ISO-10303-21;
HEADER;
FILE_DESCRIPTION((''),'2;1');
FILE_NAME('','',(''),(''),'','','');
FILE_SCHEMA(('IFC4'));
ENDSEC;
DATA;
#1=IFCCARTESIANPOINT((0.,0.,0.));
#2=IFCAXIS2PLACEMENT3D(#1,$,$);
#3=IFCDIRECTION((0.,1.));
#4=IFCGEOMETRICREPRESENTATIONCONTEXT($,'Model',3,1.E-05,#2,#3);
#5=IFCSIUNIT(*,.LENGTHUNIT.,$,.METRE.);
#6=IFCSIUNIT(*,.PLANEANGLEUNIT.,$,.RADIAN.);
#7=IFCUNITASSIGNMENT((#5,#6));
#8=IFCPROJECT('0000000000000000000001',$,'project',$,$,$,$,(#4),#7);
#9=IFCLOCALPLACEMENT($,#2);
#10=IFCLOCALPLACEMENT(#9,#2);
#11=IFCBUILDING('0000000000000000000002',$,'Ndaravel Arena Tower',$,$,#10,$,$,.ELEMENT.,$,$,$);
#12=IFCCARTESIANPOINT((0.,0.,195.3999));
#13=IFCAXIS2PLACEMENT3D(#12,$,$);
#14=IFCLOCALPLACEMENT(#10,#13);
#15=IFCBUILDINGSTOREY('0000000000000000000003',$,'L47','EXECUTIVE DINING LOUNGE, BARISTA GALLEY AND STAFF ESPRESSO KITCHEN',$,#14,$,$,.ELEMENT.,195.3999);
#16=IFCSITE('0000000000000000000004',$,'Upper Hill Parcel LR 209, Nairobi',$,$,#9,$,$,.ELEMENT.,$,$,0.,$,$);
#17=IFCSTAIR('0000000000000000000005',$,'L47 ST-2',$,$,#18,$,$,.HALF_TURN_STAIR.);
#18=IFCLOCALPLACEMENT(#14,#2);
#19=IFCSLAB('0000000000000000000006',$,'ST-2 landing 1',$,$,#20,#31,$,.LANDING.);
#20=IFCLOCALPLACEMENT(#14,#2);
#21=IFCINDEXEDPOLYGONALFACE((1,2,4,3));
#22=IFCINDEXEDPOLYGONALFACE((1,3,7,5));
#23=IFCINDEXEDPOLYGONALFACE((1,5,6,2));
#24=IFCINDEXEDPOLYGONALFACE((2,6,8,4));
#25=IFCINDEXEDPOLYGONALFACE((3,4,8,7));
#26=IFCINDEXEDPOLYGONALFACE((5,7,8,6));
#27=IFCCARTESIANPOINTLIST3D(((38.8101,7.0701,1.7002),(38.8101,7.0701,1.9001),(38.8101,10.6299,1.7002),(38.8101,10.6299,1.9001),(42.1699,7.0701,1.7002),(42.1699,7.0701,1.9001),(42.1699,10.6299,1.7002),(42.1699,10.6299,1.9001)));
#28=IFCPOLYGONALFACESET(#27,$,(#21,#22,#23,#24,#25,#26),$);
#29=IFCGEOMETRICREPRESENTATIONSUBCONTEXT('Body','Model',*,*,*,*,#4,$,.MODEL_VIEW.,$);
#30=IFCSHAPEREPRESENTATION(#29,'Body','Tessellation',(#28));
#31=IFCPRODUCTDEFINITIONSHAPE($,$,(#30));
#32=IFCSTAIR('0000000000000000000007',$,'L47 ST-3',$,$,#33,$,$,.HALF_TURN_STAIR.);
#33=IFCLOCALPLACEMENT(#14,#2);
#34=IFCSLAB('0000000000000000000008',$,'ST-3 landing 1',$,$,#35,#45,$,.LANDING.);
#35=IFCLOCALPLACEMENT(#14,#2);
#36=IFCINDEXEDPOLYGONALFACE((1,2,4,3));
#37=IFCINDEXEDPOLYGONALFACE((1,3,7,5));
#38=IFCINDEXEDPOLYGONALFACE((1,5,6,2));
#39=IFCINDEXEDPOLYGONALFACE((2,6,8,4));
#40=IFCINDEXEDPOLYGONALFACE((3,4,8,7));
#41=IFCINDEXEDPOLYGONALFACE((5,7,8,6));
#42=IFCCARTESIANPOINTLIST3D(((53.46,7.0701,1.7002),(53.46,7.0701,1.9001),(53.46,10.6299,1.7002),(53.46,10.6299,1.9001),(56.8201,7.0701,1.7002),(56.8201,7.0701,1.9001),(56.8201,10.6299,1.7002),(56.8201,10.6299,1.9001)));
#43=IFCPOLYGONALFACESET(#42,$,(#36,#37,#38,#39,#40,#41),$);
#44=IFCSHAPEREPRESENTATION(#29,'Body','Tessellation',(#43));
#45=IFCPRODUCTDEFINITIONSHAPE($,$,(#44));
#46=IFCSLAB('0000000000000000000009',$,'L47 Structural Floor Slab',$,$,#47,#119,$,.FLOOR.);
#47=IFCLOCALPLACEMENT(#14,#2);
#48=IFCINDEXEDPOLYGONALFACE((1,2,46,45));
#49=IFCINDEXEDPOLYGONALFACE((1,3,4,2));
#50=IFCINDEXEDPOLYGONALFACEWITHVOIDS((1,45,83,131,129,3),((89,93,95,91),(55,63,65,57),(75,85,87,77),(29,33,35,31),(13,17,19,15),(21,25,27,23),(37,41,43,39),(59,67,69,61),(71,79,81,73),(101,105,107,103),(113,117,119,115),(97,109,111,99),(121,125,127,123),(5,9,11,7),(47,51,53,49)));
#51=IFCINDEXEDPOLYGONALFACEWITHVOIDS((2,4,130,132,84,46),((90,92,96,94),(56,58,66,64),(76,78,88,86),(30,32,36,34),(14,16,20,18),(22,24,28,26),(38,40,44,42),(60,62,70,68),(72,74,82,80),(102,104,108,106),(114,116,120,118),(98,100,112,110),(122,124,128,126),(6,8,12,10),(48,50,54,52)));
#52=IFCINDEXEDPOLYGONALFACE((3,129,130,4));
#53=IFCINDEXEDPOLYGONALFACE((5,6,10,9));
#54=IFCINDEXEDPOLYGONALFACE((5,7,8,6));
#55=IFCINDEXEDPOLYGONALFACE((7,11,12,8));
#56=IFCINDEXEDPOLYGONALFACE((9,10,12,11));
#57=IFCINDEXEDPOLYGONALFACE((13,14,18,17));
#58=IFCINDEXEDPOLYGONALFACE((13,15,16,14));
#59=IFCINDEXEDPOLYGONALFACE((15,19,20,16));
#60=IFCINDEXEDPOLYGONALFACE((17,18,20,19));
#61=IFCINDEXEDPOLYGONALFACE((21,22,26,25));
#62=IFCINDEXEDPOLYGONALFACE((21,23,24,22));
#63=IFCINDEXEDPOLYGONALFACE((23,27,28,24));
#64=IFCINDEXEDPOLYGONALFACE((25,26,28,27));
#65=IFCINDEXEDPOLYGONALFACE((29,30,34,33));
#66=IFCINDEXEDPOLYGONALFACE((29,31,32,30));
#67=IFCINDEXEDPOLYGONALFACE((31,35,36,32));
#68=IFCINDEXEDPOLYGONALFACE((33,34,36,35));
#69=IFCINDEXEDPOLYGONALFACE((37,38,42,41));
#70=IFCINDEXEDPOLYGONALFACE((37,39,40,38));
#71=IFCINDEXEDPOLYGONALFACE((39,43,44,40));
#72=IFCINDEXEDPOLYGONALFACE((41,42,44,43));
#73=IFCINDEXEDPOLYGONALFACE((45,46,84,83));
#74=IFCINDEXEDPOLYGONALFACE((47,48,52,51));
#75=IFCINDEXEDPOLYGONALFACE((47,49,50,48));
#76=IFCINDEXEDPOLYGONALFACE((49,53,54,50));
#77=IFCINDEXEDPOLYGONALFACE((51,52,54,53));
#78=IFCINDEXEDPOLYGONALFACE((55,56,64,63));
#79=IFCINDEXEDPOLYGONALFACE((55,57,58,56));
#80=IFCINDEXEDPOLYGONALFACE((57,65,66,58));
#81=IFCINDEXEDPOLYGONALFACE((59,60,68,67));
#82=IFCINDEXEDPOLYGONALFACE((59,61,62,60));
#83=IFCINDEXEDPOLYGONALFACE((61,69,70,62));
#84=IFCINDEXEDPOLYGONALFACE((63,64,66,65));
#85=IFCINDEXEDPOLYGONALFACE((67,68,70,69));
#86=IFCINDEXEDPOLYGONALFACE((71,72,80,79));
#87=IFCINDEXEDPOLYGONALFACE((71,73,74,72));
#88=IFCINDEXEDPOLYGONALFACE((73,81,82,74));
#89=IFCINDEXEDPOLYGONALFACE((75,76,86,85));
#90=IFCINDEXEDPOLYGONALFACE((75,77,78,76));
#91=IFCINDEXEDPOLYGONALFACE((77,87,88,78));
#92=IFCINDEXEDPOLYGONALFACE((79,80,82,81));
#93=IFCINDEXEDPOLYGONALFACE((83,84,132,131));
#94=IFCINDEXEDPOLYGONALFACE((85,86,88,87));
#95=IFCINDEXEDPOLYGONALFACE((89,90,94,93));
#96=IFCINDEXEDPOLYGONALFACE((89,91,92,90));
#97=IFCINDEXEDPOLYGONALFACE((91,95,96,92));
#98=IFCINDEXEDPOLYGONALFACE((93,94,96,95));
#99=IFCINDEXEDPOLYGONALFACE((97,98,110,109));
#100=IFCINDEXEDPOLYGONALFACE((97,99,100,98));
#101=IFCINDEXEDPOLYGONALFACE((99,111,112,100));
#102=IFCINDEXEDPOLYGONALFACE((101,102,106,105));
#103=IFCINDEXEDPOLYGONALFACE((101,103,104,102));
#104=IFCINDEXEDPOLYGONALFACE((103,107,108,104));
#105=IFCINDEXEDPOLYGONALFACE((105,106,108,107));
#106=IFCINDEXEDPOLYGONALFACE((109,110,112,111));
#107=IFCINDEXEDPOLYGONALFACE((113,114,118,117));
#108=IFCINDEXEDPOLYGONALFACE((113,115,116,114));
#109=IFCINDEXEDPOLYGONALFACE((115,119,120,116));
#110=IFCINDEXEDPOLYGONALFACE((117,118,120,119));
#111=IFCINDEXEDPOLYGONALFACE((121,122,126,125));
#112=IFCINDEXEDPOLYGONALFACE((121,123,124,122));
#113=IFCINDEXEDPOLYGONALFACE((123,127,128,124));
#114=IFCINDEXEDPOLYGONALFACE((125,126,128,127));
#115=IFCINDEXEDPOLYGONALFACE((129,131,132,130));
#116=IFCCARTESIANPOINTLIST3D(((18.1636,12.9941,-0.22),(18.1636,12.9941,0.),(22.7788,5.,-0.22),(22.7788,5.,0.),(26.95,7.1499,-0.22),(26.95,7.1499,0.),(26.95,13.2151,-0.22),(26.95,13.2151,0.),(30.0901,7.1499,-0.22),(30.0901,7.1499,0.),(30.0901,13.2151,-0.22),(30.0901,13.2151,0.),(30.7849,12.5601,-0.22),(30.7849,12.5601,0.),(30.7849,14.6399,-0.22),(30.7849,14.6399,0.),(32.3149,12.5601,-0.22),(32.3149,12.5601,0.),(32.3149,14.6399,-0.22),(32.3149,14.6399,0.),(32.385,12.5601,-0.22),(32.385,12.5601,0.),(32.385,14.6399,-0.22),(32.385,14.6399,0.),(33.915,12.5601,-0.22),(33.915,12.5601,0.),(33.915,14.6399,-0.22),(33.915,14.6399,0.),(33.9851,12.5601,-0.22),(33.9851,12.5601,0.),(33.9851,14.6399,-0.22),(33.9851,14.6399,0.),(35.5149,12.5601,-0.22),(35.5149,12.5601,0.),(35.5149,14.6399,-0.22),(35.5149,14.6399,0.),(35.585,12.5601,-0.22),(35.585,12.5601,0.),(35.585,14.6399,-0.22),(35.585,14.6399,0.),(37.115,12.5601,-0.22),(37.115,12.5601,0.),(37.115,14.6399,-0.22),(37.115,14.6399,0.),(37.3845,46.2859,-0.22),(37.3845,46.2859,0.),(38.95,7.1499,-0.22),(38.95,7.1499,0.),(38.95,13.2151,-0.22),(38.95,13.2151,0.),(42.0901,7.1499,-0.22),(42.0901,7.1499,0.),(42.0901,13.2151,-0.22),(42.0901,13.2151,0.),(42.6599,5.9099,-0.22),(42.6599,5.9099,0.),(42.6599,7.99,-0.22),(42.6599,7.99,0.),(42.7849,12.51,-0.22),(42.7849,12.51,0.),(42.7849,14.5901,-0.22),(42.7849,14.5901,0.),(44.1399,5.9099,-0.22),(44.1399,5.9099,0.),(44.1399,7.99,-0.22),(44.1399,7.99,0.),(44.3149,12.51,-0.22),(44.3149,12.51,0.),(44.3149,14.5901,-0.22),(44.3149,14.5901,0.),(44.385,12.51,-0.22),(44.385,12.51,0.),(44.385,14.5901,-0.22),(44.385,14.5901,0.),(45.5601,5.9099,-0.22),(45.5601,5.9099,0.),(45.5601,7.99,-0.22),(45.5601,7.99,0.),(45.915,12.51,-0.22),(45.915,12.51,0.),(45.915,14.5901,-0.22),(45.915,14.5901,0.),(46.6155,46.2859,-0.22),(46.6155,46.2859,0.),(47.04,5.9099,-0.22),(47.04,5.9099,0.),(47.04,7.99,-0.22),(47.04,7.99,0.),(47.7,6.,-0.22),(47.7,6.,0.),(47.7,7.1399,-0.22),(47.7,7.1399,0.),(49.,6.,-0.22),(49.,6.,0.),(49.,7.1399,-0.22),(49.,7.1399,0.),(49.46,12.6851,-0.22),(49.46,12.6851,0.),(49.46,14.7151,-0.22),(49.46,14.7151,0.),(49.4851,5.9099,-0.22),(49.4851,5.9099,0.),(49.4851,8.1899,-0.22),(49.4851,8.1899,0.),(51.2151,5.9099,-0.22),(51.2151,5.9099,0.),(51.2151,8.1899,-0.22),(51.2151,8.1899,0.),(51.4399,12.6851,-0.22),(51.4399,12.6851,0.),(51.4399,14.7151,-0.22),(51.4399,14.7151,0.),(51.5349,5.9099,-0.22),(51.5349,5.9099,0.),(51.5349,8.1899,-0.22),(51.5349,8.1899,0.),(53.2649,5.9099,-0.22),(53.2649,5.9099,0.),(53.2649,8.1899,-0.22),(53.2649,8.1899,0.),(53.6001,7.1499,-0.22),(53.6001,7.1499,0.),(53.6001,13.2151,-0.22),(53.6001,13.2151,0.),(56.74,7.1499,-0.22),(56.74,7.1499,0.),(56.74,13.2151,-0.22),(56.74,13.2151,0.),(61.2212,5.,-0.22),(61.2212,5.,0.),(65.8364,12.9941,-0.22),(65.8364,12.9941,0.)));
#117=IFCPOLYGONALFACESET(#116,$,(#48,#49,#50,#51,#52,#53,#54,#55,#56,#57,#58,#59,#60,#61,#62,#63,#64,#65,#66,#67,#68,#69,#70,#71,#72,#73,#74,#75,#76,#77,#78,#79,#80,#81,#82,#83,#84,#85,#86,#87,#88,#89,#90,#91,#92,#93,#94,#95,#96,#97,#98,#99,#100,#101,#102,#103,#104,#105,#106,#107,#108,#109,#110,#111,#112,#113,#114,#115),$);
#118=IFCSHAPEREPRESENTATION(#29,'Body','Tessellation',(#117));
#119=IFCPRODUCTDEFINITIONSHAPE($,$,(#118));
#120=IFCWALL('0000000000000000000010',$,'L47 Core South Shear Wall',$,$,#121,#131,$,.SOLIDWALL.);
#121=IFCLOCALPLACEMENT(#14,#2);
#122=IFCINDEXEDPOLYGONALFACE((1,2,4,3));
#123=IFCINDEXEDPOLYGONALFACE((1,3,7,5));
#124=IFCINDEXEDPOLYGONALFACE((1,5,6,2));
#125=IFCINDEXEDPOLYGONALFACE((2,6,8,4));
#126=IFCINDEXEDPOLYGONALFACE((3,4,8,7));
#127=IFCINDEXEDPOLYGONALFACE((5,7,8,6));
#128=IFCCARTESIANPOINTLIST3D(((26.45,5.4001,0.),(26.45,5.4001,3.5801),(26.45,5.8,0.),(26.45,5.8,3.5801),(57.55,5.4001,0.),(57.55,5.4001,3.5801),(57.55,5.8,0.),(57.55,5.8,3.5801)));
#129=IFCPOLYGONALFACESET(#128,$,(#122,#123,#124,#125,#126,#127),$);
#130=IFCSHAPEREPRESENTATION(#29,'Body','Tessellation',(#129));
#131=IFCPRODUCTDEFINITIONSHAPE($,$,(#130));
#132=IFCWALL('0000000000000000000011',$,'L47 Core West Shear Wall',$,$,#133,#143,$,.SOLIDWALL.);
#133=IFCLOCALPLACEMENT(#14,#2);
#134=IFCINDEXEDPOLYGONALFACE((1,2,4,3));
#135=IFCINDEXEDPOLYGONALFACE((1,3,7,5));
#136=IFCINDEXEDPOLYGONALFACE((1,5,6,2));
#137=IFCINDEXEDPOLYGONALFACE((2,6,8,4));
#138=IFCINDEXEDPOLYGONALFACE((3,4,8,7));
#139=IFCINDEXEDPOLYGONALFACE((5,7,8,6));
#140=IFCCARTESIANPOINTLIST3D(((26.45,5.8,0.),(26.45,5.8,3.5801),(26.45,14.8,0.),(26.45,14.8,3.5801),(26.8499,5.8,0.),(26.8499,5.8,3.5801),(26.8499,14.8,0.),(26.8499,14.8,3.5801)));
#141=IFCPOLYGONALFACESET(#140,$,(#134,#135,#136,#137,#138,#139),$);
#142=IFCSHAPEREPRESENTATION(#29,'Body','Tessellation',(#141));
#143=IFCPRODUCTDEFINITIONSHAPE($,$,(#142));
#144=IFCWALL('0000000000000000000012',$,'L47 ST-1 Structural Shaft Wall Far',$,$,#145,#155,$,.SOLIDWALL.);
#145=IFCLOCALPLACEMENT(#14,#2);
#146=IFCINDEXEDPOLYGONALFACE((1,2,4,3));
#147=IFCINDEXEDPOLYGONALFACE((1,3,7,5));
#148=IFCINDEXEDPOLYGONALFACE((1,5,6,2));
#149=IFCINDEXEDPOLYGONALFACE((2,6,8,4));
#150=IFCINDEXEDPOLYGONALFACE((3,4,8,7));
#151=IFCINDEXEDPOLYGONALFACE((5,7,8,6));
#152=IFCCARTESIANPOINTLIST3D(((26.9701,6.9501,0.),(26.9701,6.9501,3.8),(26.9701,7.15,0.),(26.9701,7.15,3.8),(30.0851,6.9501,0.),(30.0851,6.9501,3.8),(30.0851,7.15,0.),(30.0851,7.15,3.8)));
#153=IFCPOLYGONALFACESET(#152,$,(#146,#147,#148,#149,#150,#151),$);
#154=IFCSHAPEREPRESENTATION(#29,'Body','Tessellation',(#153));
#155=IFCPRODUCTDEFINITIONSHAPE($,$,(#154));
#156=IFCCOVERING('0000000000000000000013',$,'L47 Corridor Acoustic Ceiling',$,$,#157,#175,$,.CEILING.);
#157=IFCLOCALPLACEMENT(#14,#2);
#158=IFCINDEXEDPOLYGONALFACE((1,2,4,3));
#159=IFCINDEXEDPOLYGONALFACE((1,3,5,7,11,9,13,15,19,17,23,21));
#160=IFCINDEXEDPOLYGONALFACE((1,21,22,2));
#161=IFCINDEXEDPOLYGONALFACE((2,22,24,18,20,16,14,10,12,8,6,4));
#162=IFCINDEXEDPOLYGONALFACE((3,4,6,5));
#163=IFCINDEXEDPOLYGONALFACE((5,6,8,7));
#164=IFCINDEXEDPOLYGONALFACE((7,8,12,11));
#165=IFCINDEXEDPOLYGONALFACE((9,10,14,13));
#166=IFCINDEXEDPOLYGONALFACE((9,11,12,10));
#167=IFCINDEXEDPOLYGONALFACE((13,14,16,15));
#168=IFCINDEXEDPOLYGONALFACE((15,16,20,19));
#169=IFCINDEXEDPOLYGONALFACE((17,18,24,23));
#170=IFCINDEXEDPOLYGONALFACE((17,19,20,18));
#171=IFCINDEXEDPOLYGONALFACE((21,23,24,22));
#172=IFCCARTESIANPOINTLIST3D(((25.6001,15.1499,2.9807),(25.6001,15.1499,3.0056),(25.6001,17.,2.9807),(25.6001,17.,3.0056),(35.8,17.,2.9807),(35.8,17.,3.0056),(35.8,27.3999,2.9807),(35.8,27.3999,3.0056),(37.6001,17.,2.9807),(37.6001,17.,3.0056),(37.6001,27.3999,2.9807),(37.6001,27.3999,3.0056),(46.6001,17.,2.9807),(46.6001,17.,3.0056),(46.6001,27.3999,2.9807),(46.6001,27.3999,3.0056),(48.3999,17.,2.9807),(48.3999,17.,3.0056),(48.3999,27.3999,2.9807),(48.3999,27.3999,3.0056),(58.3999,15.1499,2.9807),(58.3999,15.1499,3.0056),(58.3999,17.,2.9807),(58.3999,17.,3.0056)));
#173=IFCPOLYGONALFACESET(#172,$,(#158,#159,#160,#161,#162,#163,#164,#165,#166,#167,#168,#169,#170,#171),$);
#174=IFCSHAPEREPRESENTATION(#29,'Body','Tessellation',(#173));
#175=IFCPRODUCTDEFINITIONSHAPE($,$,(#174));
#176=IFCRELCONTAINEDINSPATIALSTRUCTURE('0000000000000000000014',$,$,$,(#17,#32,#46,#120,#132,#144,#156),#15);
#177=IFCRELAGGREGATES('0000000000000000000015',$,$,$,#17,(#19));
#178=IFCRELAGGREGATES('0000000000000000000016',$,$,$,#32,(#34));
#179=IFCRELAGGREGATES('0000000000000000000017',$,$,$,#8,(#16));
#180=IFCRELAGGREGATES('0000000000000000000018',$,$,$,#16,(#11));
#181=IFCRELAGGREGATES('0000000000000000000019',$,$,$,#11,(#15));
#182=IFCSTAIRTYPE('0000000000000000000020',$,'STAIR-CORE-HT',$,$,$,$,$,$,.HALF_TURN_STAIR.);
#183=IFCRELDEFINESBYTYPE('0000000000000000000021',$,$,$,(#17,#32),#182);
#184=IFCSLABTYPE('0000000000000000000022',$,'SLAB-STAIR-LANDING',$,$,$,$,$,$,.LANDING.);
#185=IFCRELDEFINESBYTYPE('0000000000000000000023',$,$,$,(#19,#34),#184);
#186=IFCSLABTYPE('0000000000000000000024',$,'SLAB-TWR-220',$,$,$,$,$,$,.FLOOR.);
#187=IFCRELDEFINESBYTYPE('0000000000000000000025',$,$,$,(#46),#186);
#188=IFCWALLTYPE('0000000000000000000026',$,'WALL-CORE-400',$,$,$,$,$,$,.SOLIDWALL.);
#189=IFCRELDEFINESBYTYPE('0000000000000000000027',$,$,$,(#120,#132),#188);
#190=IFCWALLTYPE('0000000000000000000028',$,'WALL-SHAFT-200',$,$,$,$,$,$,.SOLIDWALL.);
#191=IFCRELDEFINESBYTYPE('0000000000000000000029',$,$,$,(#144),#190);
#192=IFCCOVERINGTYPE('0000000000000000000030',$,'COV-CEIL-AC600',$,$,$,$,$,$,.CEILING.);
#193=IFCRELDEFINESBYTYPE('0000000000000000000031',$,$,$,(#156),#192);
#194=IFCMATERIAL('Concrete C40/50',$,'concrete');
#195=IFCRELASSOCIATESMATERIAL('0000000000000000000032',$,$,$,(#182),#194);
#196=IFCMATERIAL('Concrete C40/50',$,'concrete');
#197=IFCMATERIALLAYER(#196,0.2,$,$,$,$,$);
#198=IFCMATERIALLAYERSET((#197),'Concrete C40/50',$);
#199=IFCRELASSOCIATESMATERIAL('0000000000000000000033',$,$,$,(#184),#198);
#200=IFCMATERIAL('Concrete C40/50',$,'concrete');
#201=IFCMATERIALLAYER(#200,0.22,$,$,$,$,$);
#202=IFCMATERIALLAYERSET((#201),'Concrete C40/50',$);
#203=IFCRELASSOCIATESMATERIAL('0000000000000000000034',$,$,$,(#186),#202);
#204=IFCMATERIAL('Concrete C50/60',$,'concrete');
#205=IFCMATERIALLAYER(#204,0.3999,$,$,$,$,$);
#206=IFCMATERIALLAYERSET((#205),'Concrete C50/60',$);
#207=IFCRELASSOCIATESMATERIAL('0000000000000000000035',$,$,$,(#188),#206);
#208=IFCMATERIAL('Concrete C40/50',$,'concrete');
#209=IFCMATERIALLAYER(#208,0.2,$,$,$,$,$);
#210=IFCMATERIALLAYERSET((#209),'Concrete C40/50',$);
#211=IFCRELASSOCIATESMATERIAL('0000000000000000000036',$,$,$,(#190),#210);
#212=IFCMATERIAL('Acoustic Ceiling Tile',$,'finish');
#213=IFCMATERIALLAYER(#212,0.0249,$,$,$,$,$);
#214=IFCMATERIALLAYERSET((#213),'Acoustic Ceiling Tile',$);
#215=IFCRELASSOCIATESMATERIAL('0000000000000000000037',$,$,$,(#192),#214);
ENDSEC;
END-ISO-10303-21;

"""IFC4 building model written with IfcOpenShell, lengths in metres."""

from ifc_helpers import new_model, si_unit, direction, frame, frame_2d, origin, place, context, subcontext, project, spatial, polyline, rectangle, outline, extrude, material, layer, layer_set, type_object, element, aggregate, save


model = new_model("IFC4")

# Units and contexts
model_context = context("Model", 3, precision=1e-05, world=origin(), true_north=direction((0.0, 1.0)))
body_context = subcontext(model_context, "Body", "Model", "MODEL_VIEW")
ifc_project = project(units=[si_unit("LENGTHUNIT", "METRE"), si_unit("PLANEANGLEUNIT", "RADIAN")], contexts=[model_context])

# Site, building, storey
site_placement = place(None, origin())
site = spatial("IfcSite", under=ifc_project, at=site_placement, Name="Upper Hill Parcel LR 209, Nairobi", CompositionType="ELEMENT", RefElevation=0.0)
building_placement = place(site_placement, origin())
building = spatial("IfcBuilding", under=site, at=building_placement, Name="Ndaravel Arena Tower", CompositionType="ELEMENT")
storey_placement = place(building_placement, frame((0.0, 0.0, 195.3999)))
storey = spatial("IfcBuildingStorey", under=building, at=storey_placement, Name="L47", Description="EXECUTIVE DINING LOUNGE, BARISTA GALLEY AND STAFF ESPRESSO KITCHEN", CompositionType="ELEMENT", Elevation=195.3999)

# Stairs, slabs
ifc_material_1 = material(Name="Concrete C40/50", Category="concrete")
stair_type = type_object("IfcStairType", Name="STAIR-CORE-HT", PredefinedType="HALF_TURN_STAIR", material=ifc_material_1)
ifc_material_2 = material(Name="Concrete C40/50", Category="concrete")
ifc_layer_1 = layer(ifc_material_2, 0.2)
ifc_layer_set_1 = layer_set([ifc_layer_1], Name="Concrete C40/50")
slab_type_1 = type_object("IfcSlabType", Name="SLAB-STAIR-LANDING", PredefinedType="LANDING", material=ifc_layer_set_1)
stair_1_placement = place(storey_placement, origin())
stair_1 = element("IfcStair", 1, at=stair_1_placement, inside=storey, type_object=stair_type, Name="L47 ST-2", PredefinedType="HALF_TURN_STAIR")
slab_1_placement = place(storey_placement, frame((0.0, 0.0, 1.7002)))
slab_1 = element("IfcSlab", 2, at=slab_1_placement, type_object=slab_type_1, Name="ST-2 landing 1", PredefinedType="LANDING", context=body_context, shape_type="SweptSolid", body=[
    extrude(outline(polyline([(38.8101, 10.6299), (38.8101, 7.0701), (42.1699, 7.0701), (42.1699, 10.6299), (38.8101, 10.6299)])), origin(), (0.0, 0.0, 1.0), 0.2),
])
aggregate(stair_1, [slab_1])
stair_2_placement = place(storey_placement, origin())
stair_2 = element("IfcStair", 3, at=stair_2_placement, inside=storey, type_object=stair_type, Name="L47 ST-3", PredefinedType="HALF_TURN_STAIR")
slab_2_placement = place(storey_placement, frame((0.0, 0.0, 1.7002)))
slab_2 = element("IfcSlab", 4, at=slab_2_placement, type_object=slab_type_1, Name="ST-3 landing 1", PredefinedType="LANDING", context=body_context, shape_type="SweptSolid", body=[
    extrude(outline(polyline([(53.46, 10.6299), (53.46, 7.0701), (56.8201, 7.0701), (56.8201, 10.6299), (53.46, 10.6299)])), origin(), (0.0, 0.0, 1.0), 0.2),
])
aggregate(stair_2, [slab_2])

# Slab
ifc_material_3 = material(Name="Concrete C40/50", Category="concrete")
ifc_layer_2 = layer(ifc_material_3, 0.22)
ifc_layer_set_2 = layer_set([ifc_layer_2], Name="Concrete C40/50")
slab_type_2 = type_object("IfcSlabType", Name="SLAB-TWR-220", PredefinedType="FLOOR", material=ifc_layer_set_2)
slab_3_placement = place(storey_placement, frame((0.0, 0.0, -0.22)))
element("IfcSlab", 5, at=slab_3_placement, inside=storey, type_object=slab_type_2, Name="L47 Structural Floor Slab", PredefinedType="FLOOR", context=body_context, shape_type="SweptSolid", body=[
    extrude(outline(polyline([(18.1636, 12.9941), (22.7788, 5.0), (61.2212, 5.0), (65.8364, 12.9941), (46.6155, 46.2859), (37.3845, 46.2859), (18.1636, 12.9941)]), holes=[polyline([(26.95, 13.2151), (26.95, 7.1499), (30.0901, 7.1499), (30.0901, 13.2151), (26.95, 13.2151)]), polyline([(38.95, 13.2151), (38.95, 7.1499), (42.0901, 7.1499), (42.0901, 13.2151), (38.95, 13.2151)]), polyline([(53.6001, 13.2151), (53.6001, 7.1499), (56.74, 7.1499), (56.74, 13.2151), (53.6001, 13.2151)]), polyline([(30.7849, 12.5601), (32.3149, 12.5601), (32.3149, 14.6399), (30.7849, 14.6399), (30.7849, 12.5601)]), polyline([(32.385, 12.5601), (33.915, 12.5601), (33.915, 14.6399), (32.385, 14.6399), (32.385, 12.5601)]), polyline([(33.9851, 12.5601), (35.5149, 12.5601), (35.5149, 14.6399), (33.9851, 14.6399), (33.9851, 12.5601)]), polyline([(35.585, 12.5601), (37.115, 12.5601), (37.115, 14.6399), (35.585, 14.6399), (35.585, 12.5601)]), polyline([(42.6599, 5.9099), (44.1399, 5.9099), (44.1399, 7.99), (42.6599, 7.99), (42.6599, 5.9099)]), polyline([(45.5601, 5.9099), (47.04, 5.9099), (47.04, 7.99), (45.5601, 7.99), (45.5601, 5.9099)]), polyline([(42.7849, 12.51), (44.3149, 12.51), (44.3149, 14.5901), (42.7849, 14.5901), (42.7849, 12.51)]), polyline([(44.385, 12.51), (45.915, 12.51), (45.915, 14.5901), (44.385, 14.5901), (44.385, 12.51)]), polyline([(49.4851, 5.9099), (51.2151, 5.9099), (51.2151, 8.1899), (49.4851, 8.1899), (49.4851, 5.9099)]), polyline([(51.5349, 5.9099), (53.2649, 5.9099), (53.2649, 8.1899), (51.5349, 8.1899), (51.5349, 5.9099)]), polyline([(49.46, 12.6851), (51.4399, 12.6851), (51.4399, 14.7151), (49.46, 14.7151), (49.46, 12.6851)]), polyline([(47.7, 6.0), (49.0, 6.0), (49.0, 7.1399), (47.7, 7.1399), (47.7, 6.0)])]), origin(), (0.0, 0.0, 1.0), 0.22),
])

# Walls
ifc_material_4 = material(Name="Concrete C50/60", Category="concrete")
ifc_layer_3 = layer(ifc_material_4, 0.3999)
ifc_layer_set_3 = layer_set([ifc_layer_3], Name="Concrete C50/60")
wall_type_1 = type_object("IfcWallType", Name="WALL-CORE-400", PredefinedType="SOLIDWALL", material=ifc_layer_set_3)
wall_1_placement = place(storey_placement, frame((26.45, 5.6001, 0.0), z_axis=(0.0, 0.0, 1.0), x_axis=(1.0, 0.0, 0.0)))
element("IfcWall", 6, at=wall_1_placement, inside=storey, type_object=wall_type_1, Name="L47 Core South Shear Wall", PredefinedType="SOLIDWALL", context=body_context, shape_type="SweptSolid", body=[
    extrude(rectangle(XDim=31.1001, YDim=0.3999, at=frame_2d((15.55, 0.0))), origin(), (0.0, 0.0, 1.0), 3.5801),
])
wall_2_placement = place(storey_placement, frame((26.6499, 5.8, 0.0), z_axis=(0.0, 0.0, 1.0), x_axis=(0.0, 1.0, 0.0)))
element("IfcWall", 7, at=wall_2_placement, inside=storey, type_object=wall_type_1, Name="L47 Core West Shear Wall", PredefinedType="SOLIDWALL", context=body_context, shape_type="SweptSolid", body=[
    extrude(rectangle(XDim=9.0, YDim=0.3999, at=frame_2d((4.5, 0.0))), origin(), (0.0, 0.0, 1.0), 3.5801),
])
ifc_material_5 = material(Name="Concrete C40/50", Category="concrete")
ifc_layer_4 = layer(ifc_material_5, 0.2)
ifc_layer_set_4 = layer_set([ifc_layer_4], Name="Concrete C40/50")
wall_type_2 = type_object("IfcWallType", Name="WALL-SHAFT-200", PredefinedType="SOLIDWALL", material=ifc_layer_set_4)
wall_3_placement = place(storey_placement, frame((26.97, 7.05, 0.0), z_axis=(0.0, 0.0, 1.0), x_axis=(1.0, 0.0, 0.0)))
element("IfcWall", 8, at=wall_3_placement, inside=storey, type_object=wall_type_2, Name="L47 ST-1 Structural Shaft Wall Far", PredefinedType="SOLIDWALL", context=body_context, shape_type="SweptSolid", body=[
    extrude(rectangle(XDim=3.115, YDim=0.2, at=frame_2d((1.5576, 0.0))), origin(), (0.0, 0.0, 1.0), 3.8),
])

# Covering
ifc_material_6 = material(Name="Acoustic Ceiling Tile", Category="finish")
ifc_layer_5 = layer(ifc_material_6, 0.0249)
ifc_layer_set_5 = layer_set([ifc_layer_5], Name="Acoustic Ceiling Tile")
covering_type_1 = type_object("IfcCoveringType", Name="COV-CEIL-AC600", PredefinedType="CEILING", material=ifc_layer_set_5)
covering_1_placement = place(storey_placement, frame((0.0, 0.0, 2.9807)))
element("IfcCovering", 9, at=covering_1_placement, inside=storey, type_object=covering_type_1, Name="L47 Corridor Acoustic Ceiling", PredefinedType="CEILING", context=body_context, shape_type="SweptSolid", body=[
    extrude(outline(polyline([(58.3999, 17.0), (48.3999, 17.0), (48.3999, 27.3999), (46.6001, 27.3999), (46.6001, 17.0), (37.6001, 17.0), (37.6001, 27.3999), (35.8, 27.3999), (35.8, 17.0), (25.6001, 17.0), (25.6001, 15.1499), (58.3999, 15.1499), (58.3999, 17.0)])), origin(), (0.0, 0.0, 1.0), 0.0249),
])

save(model, "model.ifc")
